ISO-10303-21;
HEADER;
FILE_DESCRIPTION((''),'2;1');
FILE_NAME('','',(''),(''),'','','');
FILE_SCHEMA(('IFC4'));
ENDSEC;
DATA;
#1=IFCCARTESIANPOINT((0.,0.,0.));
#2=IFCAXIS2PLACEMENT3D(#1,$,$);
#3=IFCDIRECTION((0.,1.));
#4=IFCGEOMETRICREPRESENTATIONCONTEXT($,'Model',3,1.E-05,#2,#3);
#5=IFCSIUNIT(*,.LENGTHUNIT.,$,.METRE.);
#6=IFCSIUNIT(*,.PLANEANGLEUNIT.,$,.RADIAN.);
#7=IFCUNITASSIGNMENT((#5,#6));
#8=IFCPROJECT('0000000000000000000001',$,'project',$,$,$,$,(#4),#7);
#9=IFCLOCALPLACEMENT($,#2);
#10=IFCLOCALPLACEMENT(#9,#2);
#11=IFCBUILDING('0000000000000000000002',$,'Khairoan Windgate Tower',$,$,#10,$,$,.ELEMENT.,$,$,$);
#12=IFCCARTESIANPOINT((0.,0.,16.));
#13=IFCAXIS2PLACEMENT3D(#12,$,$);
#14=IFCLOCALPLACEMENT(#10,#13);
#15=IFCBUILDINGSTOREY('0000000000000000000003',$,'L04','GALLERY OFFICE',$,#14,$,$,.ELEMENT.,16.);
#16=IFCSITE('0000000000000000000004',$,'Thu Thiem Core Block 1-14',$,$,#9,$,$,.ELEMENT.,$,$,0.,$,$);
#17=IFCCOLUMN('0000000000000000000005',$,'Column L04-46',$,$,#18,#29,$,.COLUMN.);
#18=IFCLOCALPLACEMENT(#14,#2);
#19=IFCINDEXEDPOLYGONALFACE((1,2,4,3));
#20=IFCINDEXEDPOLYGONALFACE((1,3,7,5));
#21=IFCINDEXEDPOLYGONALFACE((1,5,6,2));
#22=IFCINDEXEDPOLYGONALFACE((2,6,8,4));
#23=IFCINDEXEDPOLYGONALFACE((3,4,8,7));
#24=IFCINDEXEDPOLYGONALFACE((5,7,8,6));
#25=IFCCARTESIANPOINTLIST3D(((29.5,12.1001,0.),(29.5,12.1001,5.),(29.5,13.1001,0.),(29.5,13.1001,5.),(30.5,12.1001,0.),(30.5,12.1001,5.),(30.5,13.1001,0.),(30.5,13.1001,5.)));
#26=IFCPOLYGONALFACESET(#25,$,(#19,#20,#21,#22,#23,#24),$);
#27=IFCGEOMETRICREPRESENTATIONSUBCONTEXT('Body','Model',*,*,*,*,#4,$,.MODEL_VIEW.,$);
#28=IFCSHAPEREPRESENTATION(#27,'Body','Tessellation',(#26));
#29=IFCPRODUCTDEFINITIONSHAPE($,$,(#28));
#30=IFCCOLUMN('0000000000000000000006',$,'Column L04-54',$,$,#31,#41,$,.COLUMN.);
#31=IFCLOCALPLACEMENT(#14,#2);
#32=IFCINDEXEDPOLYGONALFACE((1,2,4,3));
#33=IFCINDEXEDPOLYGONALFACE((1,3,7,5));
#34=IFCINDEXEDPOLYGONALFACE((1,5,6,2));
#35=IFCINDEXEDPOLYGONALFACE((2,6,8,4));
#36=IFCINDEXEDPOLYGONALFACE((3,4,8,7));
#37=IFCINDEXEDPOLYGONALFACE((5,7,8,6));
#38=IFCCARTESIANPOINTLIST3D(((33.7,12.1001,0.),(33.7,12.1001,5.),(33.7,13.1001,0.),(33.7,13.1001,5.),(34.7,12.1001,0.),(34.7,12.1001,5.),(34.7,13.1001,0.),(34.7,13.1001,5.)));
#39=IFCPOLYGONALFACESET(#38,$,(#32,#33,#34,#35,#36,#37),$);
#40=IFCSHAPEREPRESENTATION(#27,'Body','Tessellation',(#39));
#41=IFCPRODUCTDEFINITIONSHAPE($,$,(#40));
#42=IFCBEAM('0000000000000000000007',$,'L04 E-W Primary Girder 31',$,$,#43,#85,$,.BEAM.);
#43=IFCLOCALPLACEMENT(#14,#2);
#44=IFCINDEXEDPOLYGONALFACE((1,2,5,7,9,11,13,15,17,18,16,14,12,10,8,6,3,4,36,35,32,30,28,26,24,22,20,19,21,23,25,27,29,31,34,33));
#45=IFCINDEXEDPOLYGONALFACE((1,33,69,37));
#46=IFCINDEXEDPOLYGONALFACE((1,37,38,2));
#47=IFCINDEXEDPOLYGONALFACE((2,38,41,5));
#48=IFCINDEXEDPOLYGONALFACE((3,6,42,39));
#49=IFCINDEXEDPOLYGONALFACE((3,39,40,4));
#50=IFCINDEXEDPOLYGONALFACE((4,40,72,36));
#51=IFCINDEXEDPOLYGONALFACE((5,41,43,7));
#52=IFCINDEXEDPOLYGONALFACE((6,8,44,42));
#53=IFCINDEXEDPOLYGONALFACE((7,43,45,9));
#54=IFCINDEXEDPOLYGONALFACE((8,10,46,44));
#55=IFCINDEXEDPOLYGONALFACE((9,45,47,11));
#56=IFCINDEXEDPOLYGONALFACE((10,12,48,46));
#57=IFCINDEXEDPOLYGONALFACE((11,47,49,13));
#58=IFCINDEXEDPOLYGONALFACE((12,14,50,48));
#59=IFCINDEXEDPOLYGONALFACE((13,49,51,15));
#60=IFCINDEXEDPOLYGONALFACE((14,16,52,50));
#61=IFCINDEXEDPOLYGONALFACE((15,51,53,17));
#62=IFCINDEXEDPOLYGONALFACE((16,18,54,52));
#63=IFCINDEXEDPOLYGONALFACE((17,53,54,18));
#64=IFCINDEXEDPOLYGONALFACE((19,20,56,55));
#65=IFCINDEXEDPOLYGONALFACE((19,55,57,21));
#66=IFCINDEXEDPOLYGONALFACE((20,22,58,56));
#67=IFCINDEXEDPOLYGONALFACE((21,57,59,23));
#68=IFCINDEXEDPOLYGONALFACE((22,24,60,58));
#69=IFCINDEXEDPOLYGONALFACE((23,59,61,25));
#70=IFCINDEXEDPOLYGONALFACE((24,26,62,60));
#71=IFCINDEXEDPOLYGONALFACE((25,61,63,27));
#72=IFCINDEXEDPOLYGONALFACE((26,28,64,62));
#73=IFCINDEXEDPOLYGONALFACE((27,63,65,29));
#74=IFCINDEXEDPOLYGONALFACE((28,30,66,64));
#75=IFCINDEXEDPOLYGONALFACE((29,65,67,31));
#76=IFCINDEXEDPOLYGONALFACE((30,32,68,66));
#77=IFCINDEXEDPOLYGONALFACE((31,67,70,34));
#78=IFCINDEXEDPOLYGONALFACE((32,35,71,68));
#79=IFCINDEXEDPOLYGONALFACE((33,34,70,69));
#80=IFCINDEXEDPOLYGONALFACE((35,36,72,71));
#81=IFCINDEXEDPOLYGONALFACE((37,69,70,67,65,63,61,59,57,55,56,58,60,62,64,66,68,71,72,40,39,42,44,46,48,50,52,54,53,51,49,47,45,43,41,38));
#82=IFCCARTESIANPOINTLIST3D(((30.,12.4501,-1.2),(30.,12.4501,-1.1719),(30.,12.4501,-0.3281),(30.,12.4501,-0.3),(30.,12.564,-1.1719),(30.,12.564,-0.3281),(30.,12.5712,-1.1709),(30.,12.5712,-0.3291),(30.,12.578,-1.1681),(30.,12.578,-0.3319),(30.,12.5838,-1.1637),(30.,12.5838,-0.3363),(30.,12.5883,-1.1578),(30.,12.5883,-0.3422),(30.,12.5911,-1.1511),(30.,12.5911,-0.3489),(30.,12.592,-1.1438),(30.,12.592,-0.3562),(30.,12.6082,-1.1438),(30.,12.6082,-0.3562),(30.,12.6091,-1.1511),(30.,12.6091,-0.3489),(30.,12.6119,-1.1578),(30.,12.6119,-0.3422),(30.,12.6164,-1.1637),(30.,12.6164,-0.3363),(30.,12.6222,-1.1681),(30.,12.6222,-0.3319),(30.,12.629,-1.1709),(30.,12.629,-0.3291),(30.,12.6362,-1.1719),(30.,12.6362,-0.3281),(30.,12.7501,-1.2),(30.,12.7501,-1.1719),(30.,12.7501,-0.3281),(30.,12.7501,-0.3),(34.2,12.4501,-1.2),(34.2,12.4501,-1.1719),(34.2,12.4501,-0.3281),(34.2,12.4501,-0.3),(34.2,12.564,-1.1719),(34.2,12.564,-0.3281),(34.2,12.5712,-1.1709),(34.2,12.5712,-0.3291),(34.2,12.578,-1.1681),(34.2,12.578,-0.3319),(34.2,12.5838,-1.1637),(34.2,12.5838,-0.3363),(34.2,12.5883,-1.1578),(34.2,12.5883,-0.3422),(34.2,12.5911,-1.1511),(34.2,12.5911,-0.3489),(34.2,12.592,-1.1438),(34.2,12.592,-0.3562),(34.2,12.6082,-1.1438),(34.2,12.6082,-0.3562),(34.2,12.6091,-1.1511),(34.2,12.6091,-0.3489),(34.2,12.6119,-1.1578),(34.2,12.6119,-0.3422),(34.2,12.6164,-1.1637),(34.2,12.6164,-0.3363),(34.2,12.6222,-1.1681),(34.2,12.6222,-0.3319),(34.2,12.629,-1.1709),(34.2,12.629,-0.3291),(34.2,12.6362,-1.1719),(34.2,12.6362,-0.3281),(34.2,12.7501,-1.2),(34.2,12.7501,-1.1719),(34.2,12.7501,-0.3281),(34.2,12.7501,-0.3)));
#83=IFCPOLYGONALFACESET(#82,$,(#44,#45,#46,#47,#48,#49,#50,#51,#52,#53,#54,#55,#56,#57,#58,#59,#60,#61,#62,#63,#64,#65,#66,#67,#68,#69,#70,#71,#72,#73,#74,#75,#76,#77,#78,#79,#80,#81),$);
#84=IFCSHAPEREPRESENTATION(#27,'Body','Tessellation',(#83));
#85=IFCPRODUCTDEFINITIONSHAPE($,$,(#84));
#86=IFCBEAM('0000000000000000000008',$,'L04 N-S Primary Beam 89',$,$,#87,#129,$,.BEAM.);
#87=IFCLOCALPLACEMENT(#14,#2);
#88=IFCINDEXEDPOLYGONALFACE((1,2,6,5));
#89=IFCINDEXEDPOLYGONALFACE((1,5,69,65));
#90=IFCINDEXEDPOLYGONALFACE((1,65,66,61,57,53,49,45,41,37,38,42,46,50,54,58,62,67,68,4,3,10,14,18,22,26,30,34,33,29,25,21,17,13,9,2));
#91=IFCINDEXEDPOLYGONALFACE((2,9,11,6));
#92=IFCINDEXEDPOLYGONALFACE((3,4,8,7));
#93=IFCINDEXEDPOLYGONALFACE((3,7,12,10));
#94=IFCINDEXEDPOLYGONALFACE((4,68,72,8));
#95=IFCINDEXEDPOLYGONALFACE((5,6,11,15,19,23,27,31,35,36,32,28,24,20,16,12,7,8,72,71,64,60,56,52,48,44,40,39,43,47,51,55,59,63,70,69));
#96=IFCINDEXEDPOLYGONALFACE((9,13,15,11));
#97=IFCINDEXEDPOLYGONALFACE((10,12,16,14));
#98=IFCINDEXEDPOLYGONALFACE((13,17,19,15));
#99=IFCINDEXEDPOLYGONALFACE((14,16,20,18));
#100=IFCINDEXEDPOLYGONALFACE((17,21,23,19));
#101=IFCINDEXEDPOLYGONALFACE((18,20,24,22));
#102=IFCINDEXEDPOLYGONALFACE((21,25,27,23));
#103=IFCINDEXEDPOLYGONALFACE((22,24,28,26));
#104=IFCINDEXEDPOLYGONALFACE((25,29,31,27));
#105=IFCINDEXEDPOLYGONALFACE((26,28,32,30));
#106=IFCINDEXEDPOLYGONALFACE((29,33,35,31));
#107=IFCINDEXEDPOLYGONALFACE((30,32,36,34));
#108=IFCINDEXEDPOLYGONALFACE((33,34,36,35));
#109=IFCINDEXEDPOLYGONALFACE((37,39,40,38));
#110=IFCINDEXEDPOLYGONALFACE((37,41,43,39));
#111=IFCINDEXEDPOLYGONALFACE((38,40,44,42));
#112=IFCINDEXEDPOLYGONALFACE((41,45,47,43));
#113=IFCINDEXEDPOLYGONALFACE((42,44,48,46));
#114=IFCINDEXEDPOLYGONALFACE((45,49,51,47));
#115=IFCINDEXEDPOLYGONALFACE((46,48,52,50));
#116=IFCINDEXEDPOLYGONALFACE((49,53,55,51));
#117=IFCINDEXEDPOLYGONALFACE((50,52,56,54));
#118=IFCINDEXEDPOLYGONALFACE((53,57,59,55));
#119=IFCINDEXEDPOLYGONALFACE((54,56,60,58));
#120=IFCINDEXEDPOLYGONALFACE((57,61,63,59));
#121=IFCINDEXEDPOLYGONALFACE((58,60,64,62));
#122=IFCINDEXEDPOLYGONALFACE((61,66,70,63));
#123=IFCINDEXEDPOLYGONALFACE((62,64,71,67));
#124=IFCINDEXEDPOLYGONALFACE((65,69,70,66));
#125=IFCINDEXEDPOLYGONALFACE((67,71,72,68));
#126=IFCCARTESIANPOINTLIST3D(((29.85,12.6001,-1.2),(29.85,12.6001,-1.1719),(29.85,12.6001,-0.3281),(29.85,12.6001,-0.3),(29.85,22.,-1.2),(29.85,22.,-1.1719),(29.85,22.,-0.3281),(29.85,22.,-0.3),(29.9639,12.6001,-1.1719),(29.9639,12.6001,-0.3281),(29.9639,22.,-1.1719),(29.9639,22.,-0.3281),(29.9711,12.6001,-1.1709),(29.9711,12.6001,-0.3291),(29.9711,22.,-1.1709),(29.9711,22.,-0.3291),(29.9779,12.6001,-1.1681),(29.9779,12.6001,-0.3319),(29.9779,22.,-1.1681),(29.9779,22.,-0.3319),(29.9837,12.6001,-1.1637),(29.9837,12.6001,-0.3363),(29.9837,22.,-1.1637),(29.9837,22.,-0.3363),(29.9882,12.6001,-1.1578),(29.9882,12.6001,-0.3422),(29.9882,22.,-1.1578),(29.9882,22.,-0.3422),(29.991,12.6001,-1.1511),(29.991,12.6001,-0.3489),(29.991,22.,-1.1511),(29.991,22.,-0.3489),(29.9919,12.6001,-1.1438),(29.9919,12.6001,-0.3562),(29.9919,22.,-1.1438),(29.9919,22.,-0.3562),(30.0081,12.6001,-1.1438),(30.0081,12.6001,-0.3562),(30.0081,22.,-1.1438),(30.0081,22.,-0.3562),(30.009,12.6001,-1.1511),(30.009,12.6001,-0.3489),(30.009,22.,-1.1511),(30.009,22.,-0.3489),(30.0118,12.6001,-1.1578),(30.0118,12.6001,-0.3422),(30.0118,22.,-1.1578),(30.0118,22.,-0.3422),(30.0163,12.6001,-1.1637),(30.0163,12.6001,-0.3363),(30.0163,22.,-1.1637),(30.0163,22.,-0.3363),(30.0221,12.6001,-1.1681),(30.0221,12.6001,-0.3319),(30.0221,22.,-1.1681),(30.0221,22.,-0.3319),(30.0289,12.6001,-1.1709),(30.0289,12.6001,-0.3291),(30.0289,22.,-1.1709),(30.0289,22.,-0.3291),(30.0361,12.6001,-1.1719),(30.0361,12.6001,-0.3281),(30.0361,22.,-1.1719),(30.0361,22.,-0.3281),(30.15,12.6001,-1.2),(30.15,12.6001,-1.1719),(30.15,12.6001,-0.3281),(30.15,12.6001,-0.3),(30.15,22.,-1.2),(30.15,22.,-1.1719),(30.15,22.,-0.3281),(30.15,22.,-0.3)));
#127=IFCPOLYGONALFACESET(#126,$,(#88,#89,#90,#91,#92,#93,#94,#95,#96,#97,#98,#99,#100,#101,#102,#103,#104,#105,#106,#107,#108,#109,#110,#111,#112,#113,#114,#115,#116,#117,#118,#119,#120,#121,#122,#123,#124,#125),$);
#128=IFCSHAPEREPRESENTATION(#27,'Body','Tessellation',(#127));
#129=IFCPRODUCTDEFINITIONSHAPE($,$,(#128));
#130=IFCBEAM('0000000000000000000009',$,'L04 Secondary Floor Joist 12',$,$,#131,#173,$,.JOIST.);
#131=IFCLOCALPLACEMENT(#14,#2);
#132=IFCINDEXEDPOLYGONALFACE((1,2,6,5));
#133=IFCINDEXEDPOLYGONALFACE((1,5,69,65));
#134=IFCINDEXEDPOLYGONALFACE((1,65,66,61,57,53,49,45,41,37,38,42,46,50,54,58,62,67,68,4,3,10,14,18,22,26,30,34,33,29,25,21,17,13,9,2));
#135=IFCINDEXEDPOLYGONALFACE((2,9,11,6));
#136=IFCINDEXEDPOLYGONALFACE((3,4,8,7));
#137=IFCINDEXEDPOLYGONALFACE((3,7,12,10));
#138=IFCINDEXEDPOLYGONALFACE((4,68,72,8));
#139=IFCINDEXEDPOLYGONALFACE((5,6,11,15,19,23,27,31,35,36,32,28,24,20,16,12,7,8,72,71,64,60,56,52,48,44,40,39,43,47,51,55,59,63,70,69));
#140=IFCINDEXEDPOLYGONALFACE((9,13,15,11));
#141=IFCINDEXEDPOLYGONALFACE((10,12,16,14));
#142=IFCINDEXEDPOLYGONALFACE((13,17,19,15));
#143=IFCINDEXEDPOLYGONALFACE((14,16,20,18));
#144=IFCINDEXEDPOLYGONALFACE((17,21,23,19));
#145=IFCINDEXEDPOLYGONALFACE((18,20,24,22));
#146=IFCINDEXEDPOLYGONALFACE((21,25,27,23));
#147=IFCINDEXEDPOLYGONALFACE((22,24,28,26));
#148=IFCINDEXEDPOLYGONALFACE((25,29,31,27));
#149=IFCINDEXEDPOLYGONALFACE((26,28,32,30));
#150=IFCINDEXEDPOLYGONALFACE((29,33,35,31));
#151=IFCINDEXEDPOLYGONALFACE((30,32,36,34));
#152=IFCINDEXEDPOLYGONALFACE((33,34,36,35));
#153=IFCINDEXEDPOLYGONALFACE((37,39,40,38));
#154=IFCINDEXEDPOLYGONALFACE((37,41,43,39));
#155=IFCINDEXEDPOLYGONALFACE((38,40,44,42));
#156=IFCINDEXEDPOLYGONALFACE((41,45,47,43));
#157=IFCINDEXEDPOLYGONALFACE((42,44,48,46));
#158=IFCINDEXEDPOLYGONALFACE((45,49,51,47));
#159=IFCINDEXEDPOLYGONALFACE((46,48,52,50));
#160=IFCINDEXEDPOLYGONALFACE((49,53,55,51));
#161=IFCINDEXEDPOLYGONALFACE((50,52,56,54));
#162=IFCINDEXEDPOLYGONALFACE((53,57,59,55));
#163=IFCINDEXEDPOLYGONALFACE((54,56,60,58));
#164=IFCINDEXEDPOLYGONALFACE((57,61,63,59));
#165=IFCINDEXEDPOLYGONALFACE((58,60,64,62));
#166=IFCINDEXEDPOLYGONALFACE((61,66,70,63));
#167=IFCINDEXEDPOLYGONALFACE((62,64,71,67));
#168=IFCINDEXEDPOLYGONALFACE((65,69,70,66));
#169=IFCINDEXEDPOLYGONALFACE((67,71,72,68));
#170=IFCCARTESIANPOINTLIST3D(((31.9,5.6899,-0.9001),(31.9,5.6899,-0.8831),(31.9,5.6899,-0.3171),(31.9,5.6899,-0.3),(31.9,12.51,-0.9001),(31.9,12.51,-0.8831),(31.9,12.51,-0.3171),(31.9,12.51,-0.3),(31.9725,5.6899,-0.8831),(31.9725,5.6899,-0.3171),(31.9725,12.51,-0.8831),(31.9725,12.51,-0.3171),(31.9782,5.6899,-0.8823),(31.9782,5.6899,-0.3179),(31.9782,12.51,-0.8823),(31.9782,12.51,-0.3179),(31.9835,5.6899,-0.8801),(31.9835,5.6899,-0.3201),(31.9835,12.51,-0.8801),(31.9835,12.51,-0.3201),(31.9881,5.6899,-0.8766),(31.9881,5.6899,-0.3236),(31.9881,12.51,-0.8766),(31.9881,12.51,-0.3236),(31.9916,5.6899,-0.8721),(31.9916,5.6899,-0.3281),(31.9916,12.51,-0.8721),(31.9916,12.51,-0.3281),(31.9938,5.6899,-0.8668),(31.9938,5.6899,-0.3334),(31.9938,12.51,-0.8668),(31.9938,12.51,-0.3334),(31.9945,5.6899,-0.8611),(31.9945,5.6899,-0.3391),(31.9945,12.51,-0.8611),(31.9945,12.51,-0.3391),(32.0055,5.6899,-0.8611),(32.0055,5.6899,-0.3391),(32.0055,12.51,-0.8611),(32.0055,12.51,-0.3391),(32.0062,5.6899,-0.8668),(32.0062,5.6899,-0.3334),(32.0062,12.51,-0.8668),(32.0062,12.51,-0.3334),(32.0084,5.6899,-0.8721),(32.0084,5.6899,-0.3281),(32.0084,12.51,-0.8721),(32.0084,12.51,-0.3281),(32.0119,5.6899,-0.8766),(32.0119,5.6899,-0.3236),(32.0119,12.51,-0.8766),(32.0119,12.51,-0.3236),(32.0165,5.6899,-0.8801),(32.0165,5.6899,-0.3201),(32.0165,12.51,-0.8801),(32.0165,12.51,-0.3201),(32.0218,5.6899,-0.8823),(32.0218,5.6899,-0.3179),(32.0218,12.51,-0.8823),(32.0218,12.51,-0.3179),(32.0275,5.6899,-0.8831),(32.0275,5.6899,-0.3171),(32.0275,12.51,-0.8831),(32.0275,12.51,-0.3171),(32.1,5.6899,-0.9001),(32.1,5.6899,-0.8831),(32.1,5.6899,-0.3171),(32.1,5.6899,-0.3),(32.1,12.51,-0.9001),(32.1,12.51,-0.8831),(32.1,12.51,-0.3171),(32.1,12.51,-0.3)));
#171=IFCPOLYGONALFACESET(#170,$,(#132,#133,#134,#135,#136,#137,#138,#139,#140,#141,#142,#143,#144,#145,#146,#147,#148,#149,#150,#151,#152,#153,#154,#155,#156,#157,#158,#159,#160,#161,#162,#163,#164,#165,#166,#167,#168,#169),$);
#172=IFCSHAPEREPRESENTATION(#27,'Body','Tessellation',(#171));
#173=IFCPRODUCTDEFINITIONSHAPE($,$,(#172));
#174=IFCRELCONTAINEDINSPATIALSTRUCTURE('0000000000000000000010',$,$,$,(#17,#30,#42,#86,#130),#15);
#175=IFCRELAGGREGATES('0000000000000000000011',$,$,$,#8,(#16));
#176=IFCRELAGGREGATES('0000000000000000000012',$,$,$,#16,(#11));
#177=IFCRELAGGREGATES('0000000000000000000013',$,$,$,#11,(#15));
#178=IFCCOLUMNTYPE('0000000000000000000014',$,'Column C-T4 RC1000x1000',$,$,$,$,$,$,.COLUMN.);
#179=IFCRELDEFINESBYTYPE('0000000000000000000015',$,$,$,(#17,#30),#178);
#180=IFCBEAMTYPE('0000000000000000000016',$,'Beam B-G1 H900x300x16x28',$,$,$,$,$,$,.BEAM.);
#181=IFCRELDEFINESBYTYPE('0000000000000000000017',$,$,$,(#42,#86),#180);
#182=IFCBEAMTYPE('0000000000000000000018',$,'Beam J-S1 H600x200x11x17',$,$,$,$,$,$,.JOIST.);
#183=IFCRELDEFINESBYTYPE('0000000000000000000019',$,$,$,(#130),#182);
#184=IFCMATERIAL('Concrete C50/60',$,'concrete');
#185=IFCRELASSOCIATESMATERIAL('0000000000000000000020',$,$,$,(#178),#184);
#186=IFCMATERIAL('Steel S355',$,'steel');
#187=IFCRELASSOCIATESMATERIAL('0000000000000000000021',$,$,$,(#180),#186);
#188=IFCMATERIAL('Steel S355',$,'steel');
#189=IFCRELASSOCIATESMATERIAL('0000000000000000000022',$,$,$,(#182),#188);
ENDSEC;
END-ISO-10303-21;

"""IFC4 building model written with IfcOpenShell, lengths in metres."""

from ifc_helpers import new_model, si_unit, direction, frame, origin, origin_2d, place, context, subcontext, project, spatial, rectangle, i_section, extrude, material, material_profile, profile_set, type_object, element, save


model = new_model("IFC4")

# Units and contexts
model_context = context("Model", 3, precision=1e-05, world=origin(), true_north=direction((0.0, 1.0)))
body_context = subcontext(model_context, "Body", "Model", "MODEL_VIEW")
ifc_project = project(units=[si_unit("LENGTHUNIT", "METRE"), si_unit("PLANEANGLEUNIT", "RADIAN")], contexts=[model_context])

# Site, building, storey
site_placement = place(None, origin())
site = spatial("IfcSite", under=ifc_project, at=site_placement, Name="Thu Thiem Core Block 1-14", CompositionType="ELEMENT", RefElevation=0.0)
building_placement = place(site_placement, origin())
building = spatial("IfcBuilding", under=site, at=building_placement, Name="Khairoan Windgate Tower", CompositionType="ELEMENT")
storey_placement = place(building_placement, frame((0.0, 0.0, 16.0)))
storey = spatial("IfcBuildingStorey", under=building, at=storey_placement, Name="L04", Description="GALLERY OFFICE", CompositionType="ELEMENT", Elevation=16.0)

# Columns
ifc_material_1 = material(Name="Concrete C50/60", Category="concrete")
ifc_material_profile_1 = material_profile(ifc_material_1, rectangle(XDim=1.0, YDim=1.0, at=origin_2d()))
ifc_profile_set_1 = profile_set([ifc_material_profile_1], Name="Concrete C50/60")
column_type = type_object("IfcColumnType", Name="Column C-T4 RC1000x1000", PredefinedType="COLUMN", material=ifc_profile_set_1)
for number, where, z_axis, x_axis, name in (
    (1, (30.0, 12.6001, 0.0), (0.0, 0.0, 1.0), (1.0, 0.0, 0.0), "Column L04-46"),
    (2, (34.2, 12.6001, 0.0), (0.0, 0.0, 1.0), (1.0, 0.0, 0.0), "Column L04-54"),
):
    element("IfcColumn", number, at=place(storey_placement, frame(where, z_axis=z_axis, x_axis=x_axis)), inside=storey, type_object=column_type, Name=name, PredefinedType="COLUMN", context=body_context, shape_type="SweptSolid", body=[
        extrude(rectangle(XDim=1.0, YDim=1.0, at=origin_2d()), origin(), (0.0, 0.0, 1.0), 5.0),
    ])

# Beams
ifc_material_2 = material(Name="Steel S355", Category="steel")
ifc_material_profile_2 = material_profile(ifc_material_2, i_section(OverallWidth=0.3, OverallDepth=0.8999, WebThickness=0.0161, FlangeThickness=0.0281, FilletRadius=0.0281, at=origin_2d()))
ifc_profile_set_2 = profile_set([ifc_material_profile_2], Name="Steel S355")
beam_type_1 = type_object("IfcBeamType", Name="Beam B-G1 H900x300x16x28", PredefinedType="BEAM", material=ifc_profile_set_2)
beam_1_placement = place(storey_placement, frame((30.0, 12.6001, -0.75), z_axis=(1.0, 0.0, 0.0), x_axis=(0.0, 1.0, 0.0)))
element("IfcBeam", 3, at=beam_1_placement, inside=storey, type_object=beam_type_1, Name="L04 E-W Primary Girder 31", PredefinedType="BEAM", context=body_context, shape_type="SweptSolid", body=[
    extrude(i_section(OverallWidth=0.3, OverallDepth=0.8999, WebThickness=0.0161, FlangeThickness=0.0281, FilletRadius=0.0281, at=origin_2d()), origin(), (0.0, 0.0, 1.0), 4.2),
])
beam_2_placement = place(storey_placement, frame((30.0, 12.6001, -0.75), z_axis=(0.0, 1.0, 0.0), x_axis=(-1.0, 0.0, 0.0)))
element("IfcBeam", 4, at=beam_2_placement, inside=storey, type_object=beam_type_1, Name="L04 N-S Primary Beam 89", PredefinedType="BEAM", context=body_context, shape_type="SweptSolid", body=[
    extrude(i_section(OverallWidth=0.3, OverallDepth=0.8999, WebThickness=0.0161, FlangeThickness=0.0281, FilletRadius=0.0281, at=origin_2d()), origin(), (0.0, 0.0, 1.0), 9.3999),
])
ifc_material_3 = material(Name="Steel S355", Category="steel")
ifc_material_profile_3 = material_profile(ifc_material_3, i_section(OverallWidth=0.2, OverallDepth=0.6001, WebThickness=0.011, FlangeThickness=0.0171, FilletRadius=0.022, at=origin_2d()))
ifc_profile_set_3 = profile_set([ifc_material_profile_3], Name="Steel S355")
beam_type_2 = type_object("IfcBeamType", Name="Beam J-S1 H600x200x11x17", PredefinedType="JOIST", material=ifc_profile_set_3)
beam_3_placement = place(storey_placement, frame((32.0, 5.6899, -0.6001), z_axis=(0.0, 1.0, 0.0), x_axis=(-1.0, 0.0, 0.0)))
element("IfcBeam", 5, at=beam_3_placement, inside=storey, type_object=beam_type_2, Name="L04 Secondary Floor Joist 12", PredefinedType="JOIST", context=body_context, shape_type="SweptSolid", body=[
    extrude(i_section(OverallWidth=0.2, OverallDepth=0.6001, WebThickness=0.011, FlangeThickness=0.0171, FilletRadius=0.022, at=origin_2d()), origin(), (0.0, 0.0, 1.0), 6.8201),
])

save(model, "model.ifc")
